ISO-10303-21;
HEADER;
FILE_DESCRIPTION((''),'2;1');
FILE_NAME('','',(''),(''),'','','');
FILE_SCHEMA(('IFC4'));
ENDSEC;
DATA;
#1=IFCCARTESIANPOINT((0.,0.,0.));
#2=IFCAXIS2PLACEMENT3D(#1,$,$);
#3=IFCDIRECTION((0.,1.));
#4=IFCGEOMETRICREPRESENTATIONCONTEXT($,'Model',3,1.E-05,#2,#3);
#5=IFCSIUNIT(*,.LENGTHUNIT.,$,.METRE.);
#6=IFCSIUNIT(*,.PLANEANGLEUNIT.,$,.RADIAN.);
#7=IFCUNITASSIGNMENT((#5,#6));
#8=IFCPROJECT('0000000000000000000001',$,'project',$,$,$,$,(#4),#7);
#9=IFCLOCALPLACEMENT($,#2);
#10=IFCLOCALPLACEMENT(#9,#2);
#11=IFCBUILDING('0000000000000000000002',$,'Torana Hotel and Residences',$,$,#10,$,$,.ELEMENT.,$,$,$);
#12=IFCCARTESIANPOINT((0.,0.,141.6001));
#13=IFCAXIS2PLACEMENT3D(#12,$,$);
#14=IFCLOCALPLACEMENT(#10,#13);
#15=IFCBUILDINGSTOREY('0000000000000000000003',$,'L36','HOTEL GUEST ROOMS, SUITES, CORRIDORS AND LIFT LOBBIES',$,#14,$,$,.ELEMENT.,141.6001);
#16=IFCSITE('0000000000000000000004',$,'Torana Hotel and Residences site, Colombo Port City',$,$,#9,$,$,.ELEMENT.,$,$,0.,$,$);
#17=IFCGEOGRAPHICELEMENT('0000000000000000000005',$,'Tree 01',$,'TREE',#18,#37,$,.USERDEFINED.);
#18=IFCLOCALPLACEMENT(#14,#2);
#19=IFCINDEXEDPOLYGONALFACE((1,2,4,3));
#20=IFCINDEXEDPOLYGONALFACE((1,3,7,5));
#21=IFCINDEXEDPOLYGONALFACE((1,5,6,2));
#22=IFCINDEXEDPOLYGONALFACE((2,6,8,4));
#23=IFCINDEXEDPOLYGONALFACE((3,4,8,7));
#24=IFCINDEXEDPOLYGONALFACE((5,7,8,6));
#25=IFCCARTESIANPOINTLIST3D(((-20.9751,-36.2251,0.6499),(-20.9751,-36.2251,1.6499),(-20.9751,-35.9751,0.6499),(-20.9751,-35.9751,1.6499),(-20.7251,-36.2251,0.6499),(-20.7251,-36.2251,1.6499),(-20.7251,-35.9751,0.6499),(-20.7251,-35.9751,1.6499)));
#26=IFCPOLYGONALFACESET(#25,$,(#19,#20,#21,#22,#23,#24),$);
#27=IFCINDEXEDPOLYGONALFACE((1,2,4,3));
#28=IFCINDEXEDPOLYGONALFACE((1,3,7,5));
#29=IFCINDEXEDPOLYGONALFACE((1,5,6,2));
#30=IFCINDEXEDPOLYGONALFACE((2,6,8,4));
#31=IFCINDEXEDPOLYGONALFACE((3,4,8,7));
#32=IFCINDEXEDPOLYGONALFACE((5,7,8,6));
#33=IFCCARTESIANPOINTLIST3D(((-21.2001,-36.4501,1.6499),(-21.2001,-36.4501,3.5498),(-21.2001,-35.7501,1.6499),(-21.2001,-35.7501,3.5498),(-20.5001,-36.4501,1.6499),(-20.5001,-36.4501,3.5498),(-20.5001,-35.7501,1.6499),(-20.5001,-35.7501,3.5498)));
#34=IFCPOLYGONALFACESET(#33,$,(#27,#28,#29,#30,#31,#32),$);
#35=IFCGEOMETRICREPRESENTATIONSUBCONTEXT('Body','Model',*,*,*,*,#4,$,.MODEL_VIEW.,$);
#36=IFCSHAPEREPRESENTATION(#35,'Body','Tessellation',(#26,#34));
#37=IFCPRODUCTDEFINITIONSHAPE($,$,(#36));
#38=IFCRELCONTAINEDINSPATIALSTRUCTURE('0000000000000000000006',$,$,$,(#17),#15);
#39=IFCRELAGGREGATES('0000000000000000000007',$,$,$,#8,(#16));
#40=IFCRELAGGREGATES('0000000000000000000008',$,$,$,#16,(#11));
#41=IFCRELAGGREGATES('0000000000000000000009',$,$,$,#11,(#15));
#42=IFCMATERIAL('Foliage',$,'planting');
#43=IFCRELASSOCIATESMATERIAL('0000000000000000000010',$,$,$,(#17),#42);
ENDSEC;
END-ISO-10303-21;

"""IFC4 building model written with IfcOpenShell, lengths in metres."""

from ifc_helpers import new_model, si_unit, direction, frame, origin, origin_2d, place, context, subcontext, project, spatial, rectangle, extrude, material, element, save


model = new_model("IFC4")

# Units and contexts
model_context = context("Model", 3, precision=1e-05, world=origin(), true_north=direction((0.0, 1.0)))
body_context = subcontext(model_context, "Body", "Model", "MODEL_VIEW")
ifc_project = project(units=[si_unit("LENGTHUNIT", "METRE"), si_unit("PLANEANGLEUNIT", "RADIAN")], contexts=[model_context])

# Site, building, storey
site_placement = place(None, origin())
site = spatial("IfcSite", under=ifc_project, at=site_placement, Name="Torana Hotel and Residences site, Colombo Port City", CompositionType="ELEMENT", RefElevation=0.0)
building_placement = place(site_placement, origin())
building = spatial("IfcBuilding", under=site, at=building_placement, Name="Torana Hotel and Residences", CompositionType="ELEMENT")
storey_placement = place(building_placement, frame((0.0, 0.0, 141.6001)))
storey = spatial("IfcBuildingStorey", under=building, at=storey_placement, Name="L36", Description="HOTEL GUEST ROOMS, SUITES, CORRIDORS AND LIFT LOBBIES", CompositionType="ELEMENT", Elevation=141.6001)

# Geographic element
ifc_material_1 = material(Name="Foliage", Category="planting")
geographic_element_placement = place(storey_placement, frame((-20.8501, -36.1001, 0.6499), z_axis=(0.0, 0.0, 1.0), x_axis=(1.0, 0.0, 0.0)))
element("IfcGeographicElement", 1, at=geographic_element_placement, inside=storey, material=ifc_material_1, Name="Tree 01", ObjectType="TREE", PredefinedType="USERDEFINED", context=body_context, shape_type="SweptSolid", body=[
    extrude(rectangle(XDim=0.25, YDim=0.25, at=origin_2d()), origin(), (0.0, 0.0, 1.0), 1.0),
    extrude(rectangle(XDim=0.7, YDim=0.7, at=origin_2d()), frame((0.0, 0.0, 1.0)), (0.0, 0.0, 1.0), 1.8999),
])

save(model, "model.ifc")
